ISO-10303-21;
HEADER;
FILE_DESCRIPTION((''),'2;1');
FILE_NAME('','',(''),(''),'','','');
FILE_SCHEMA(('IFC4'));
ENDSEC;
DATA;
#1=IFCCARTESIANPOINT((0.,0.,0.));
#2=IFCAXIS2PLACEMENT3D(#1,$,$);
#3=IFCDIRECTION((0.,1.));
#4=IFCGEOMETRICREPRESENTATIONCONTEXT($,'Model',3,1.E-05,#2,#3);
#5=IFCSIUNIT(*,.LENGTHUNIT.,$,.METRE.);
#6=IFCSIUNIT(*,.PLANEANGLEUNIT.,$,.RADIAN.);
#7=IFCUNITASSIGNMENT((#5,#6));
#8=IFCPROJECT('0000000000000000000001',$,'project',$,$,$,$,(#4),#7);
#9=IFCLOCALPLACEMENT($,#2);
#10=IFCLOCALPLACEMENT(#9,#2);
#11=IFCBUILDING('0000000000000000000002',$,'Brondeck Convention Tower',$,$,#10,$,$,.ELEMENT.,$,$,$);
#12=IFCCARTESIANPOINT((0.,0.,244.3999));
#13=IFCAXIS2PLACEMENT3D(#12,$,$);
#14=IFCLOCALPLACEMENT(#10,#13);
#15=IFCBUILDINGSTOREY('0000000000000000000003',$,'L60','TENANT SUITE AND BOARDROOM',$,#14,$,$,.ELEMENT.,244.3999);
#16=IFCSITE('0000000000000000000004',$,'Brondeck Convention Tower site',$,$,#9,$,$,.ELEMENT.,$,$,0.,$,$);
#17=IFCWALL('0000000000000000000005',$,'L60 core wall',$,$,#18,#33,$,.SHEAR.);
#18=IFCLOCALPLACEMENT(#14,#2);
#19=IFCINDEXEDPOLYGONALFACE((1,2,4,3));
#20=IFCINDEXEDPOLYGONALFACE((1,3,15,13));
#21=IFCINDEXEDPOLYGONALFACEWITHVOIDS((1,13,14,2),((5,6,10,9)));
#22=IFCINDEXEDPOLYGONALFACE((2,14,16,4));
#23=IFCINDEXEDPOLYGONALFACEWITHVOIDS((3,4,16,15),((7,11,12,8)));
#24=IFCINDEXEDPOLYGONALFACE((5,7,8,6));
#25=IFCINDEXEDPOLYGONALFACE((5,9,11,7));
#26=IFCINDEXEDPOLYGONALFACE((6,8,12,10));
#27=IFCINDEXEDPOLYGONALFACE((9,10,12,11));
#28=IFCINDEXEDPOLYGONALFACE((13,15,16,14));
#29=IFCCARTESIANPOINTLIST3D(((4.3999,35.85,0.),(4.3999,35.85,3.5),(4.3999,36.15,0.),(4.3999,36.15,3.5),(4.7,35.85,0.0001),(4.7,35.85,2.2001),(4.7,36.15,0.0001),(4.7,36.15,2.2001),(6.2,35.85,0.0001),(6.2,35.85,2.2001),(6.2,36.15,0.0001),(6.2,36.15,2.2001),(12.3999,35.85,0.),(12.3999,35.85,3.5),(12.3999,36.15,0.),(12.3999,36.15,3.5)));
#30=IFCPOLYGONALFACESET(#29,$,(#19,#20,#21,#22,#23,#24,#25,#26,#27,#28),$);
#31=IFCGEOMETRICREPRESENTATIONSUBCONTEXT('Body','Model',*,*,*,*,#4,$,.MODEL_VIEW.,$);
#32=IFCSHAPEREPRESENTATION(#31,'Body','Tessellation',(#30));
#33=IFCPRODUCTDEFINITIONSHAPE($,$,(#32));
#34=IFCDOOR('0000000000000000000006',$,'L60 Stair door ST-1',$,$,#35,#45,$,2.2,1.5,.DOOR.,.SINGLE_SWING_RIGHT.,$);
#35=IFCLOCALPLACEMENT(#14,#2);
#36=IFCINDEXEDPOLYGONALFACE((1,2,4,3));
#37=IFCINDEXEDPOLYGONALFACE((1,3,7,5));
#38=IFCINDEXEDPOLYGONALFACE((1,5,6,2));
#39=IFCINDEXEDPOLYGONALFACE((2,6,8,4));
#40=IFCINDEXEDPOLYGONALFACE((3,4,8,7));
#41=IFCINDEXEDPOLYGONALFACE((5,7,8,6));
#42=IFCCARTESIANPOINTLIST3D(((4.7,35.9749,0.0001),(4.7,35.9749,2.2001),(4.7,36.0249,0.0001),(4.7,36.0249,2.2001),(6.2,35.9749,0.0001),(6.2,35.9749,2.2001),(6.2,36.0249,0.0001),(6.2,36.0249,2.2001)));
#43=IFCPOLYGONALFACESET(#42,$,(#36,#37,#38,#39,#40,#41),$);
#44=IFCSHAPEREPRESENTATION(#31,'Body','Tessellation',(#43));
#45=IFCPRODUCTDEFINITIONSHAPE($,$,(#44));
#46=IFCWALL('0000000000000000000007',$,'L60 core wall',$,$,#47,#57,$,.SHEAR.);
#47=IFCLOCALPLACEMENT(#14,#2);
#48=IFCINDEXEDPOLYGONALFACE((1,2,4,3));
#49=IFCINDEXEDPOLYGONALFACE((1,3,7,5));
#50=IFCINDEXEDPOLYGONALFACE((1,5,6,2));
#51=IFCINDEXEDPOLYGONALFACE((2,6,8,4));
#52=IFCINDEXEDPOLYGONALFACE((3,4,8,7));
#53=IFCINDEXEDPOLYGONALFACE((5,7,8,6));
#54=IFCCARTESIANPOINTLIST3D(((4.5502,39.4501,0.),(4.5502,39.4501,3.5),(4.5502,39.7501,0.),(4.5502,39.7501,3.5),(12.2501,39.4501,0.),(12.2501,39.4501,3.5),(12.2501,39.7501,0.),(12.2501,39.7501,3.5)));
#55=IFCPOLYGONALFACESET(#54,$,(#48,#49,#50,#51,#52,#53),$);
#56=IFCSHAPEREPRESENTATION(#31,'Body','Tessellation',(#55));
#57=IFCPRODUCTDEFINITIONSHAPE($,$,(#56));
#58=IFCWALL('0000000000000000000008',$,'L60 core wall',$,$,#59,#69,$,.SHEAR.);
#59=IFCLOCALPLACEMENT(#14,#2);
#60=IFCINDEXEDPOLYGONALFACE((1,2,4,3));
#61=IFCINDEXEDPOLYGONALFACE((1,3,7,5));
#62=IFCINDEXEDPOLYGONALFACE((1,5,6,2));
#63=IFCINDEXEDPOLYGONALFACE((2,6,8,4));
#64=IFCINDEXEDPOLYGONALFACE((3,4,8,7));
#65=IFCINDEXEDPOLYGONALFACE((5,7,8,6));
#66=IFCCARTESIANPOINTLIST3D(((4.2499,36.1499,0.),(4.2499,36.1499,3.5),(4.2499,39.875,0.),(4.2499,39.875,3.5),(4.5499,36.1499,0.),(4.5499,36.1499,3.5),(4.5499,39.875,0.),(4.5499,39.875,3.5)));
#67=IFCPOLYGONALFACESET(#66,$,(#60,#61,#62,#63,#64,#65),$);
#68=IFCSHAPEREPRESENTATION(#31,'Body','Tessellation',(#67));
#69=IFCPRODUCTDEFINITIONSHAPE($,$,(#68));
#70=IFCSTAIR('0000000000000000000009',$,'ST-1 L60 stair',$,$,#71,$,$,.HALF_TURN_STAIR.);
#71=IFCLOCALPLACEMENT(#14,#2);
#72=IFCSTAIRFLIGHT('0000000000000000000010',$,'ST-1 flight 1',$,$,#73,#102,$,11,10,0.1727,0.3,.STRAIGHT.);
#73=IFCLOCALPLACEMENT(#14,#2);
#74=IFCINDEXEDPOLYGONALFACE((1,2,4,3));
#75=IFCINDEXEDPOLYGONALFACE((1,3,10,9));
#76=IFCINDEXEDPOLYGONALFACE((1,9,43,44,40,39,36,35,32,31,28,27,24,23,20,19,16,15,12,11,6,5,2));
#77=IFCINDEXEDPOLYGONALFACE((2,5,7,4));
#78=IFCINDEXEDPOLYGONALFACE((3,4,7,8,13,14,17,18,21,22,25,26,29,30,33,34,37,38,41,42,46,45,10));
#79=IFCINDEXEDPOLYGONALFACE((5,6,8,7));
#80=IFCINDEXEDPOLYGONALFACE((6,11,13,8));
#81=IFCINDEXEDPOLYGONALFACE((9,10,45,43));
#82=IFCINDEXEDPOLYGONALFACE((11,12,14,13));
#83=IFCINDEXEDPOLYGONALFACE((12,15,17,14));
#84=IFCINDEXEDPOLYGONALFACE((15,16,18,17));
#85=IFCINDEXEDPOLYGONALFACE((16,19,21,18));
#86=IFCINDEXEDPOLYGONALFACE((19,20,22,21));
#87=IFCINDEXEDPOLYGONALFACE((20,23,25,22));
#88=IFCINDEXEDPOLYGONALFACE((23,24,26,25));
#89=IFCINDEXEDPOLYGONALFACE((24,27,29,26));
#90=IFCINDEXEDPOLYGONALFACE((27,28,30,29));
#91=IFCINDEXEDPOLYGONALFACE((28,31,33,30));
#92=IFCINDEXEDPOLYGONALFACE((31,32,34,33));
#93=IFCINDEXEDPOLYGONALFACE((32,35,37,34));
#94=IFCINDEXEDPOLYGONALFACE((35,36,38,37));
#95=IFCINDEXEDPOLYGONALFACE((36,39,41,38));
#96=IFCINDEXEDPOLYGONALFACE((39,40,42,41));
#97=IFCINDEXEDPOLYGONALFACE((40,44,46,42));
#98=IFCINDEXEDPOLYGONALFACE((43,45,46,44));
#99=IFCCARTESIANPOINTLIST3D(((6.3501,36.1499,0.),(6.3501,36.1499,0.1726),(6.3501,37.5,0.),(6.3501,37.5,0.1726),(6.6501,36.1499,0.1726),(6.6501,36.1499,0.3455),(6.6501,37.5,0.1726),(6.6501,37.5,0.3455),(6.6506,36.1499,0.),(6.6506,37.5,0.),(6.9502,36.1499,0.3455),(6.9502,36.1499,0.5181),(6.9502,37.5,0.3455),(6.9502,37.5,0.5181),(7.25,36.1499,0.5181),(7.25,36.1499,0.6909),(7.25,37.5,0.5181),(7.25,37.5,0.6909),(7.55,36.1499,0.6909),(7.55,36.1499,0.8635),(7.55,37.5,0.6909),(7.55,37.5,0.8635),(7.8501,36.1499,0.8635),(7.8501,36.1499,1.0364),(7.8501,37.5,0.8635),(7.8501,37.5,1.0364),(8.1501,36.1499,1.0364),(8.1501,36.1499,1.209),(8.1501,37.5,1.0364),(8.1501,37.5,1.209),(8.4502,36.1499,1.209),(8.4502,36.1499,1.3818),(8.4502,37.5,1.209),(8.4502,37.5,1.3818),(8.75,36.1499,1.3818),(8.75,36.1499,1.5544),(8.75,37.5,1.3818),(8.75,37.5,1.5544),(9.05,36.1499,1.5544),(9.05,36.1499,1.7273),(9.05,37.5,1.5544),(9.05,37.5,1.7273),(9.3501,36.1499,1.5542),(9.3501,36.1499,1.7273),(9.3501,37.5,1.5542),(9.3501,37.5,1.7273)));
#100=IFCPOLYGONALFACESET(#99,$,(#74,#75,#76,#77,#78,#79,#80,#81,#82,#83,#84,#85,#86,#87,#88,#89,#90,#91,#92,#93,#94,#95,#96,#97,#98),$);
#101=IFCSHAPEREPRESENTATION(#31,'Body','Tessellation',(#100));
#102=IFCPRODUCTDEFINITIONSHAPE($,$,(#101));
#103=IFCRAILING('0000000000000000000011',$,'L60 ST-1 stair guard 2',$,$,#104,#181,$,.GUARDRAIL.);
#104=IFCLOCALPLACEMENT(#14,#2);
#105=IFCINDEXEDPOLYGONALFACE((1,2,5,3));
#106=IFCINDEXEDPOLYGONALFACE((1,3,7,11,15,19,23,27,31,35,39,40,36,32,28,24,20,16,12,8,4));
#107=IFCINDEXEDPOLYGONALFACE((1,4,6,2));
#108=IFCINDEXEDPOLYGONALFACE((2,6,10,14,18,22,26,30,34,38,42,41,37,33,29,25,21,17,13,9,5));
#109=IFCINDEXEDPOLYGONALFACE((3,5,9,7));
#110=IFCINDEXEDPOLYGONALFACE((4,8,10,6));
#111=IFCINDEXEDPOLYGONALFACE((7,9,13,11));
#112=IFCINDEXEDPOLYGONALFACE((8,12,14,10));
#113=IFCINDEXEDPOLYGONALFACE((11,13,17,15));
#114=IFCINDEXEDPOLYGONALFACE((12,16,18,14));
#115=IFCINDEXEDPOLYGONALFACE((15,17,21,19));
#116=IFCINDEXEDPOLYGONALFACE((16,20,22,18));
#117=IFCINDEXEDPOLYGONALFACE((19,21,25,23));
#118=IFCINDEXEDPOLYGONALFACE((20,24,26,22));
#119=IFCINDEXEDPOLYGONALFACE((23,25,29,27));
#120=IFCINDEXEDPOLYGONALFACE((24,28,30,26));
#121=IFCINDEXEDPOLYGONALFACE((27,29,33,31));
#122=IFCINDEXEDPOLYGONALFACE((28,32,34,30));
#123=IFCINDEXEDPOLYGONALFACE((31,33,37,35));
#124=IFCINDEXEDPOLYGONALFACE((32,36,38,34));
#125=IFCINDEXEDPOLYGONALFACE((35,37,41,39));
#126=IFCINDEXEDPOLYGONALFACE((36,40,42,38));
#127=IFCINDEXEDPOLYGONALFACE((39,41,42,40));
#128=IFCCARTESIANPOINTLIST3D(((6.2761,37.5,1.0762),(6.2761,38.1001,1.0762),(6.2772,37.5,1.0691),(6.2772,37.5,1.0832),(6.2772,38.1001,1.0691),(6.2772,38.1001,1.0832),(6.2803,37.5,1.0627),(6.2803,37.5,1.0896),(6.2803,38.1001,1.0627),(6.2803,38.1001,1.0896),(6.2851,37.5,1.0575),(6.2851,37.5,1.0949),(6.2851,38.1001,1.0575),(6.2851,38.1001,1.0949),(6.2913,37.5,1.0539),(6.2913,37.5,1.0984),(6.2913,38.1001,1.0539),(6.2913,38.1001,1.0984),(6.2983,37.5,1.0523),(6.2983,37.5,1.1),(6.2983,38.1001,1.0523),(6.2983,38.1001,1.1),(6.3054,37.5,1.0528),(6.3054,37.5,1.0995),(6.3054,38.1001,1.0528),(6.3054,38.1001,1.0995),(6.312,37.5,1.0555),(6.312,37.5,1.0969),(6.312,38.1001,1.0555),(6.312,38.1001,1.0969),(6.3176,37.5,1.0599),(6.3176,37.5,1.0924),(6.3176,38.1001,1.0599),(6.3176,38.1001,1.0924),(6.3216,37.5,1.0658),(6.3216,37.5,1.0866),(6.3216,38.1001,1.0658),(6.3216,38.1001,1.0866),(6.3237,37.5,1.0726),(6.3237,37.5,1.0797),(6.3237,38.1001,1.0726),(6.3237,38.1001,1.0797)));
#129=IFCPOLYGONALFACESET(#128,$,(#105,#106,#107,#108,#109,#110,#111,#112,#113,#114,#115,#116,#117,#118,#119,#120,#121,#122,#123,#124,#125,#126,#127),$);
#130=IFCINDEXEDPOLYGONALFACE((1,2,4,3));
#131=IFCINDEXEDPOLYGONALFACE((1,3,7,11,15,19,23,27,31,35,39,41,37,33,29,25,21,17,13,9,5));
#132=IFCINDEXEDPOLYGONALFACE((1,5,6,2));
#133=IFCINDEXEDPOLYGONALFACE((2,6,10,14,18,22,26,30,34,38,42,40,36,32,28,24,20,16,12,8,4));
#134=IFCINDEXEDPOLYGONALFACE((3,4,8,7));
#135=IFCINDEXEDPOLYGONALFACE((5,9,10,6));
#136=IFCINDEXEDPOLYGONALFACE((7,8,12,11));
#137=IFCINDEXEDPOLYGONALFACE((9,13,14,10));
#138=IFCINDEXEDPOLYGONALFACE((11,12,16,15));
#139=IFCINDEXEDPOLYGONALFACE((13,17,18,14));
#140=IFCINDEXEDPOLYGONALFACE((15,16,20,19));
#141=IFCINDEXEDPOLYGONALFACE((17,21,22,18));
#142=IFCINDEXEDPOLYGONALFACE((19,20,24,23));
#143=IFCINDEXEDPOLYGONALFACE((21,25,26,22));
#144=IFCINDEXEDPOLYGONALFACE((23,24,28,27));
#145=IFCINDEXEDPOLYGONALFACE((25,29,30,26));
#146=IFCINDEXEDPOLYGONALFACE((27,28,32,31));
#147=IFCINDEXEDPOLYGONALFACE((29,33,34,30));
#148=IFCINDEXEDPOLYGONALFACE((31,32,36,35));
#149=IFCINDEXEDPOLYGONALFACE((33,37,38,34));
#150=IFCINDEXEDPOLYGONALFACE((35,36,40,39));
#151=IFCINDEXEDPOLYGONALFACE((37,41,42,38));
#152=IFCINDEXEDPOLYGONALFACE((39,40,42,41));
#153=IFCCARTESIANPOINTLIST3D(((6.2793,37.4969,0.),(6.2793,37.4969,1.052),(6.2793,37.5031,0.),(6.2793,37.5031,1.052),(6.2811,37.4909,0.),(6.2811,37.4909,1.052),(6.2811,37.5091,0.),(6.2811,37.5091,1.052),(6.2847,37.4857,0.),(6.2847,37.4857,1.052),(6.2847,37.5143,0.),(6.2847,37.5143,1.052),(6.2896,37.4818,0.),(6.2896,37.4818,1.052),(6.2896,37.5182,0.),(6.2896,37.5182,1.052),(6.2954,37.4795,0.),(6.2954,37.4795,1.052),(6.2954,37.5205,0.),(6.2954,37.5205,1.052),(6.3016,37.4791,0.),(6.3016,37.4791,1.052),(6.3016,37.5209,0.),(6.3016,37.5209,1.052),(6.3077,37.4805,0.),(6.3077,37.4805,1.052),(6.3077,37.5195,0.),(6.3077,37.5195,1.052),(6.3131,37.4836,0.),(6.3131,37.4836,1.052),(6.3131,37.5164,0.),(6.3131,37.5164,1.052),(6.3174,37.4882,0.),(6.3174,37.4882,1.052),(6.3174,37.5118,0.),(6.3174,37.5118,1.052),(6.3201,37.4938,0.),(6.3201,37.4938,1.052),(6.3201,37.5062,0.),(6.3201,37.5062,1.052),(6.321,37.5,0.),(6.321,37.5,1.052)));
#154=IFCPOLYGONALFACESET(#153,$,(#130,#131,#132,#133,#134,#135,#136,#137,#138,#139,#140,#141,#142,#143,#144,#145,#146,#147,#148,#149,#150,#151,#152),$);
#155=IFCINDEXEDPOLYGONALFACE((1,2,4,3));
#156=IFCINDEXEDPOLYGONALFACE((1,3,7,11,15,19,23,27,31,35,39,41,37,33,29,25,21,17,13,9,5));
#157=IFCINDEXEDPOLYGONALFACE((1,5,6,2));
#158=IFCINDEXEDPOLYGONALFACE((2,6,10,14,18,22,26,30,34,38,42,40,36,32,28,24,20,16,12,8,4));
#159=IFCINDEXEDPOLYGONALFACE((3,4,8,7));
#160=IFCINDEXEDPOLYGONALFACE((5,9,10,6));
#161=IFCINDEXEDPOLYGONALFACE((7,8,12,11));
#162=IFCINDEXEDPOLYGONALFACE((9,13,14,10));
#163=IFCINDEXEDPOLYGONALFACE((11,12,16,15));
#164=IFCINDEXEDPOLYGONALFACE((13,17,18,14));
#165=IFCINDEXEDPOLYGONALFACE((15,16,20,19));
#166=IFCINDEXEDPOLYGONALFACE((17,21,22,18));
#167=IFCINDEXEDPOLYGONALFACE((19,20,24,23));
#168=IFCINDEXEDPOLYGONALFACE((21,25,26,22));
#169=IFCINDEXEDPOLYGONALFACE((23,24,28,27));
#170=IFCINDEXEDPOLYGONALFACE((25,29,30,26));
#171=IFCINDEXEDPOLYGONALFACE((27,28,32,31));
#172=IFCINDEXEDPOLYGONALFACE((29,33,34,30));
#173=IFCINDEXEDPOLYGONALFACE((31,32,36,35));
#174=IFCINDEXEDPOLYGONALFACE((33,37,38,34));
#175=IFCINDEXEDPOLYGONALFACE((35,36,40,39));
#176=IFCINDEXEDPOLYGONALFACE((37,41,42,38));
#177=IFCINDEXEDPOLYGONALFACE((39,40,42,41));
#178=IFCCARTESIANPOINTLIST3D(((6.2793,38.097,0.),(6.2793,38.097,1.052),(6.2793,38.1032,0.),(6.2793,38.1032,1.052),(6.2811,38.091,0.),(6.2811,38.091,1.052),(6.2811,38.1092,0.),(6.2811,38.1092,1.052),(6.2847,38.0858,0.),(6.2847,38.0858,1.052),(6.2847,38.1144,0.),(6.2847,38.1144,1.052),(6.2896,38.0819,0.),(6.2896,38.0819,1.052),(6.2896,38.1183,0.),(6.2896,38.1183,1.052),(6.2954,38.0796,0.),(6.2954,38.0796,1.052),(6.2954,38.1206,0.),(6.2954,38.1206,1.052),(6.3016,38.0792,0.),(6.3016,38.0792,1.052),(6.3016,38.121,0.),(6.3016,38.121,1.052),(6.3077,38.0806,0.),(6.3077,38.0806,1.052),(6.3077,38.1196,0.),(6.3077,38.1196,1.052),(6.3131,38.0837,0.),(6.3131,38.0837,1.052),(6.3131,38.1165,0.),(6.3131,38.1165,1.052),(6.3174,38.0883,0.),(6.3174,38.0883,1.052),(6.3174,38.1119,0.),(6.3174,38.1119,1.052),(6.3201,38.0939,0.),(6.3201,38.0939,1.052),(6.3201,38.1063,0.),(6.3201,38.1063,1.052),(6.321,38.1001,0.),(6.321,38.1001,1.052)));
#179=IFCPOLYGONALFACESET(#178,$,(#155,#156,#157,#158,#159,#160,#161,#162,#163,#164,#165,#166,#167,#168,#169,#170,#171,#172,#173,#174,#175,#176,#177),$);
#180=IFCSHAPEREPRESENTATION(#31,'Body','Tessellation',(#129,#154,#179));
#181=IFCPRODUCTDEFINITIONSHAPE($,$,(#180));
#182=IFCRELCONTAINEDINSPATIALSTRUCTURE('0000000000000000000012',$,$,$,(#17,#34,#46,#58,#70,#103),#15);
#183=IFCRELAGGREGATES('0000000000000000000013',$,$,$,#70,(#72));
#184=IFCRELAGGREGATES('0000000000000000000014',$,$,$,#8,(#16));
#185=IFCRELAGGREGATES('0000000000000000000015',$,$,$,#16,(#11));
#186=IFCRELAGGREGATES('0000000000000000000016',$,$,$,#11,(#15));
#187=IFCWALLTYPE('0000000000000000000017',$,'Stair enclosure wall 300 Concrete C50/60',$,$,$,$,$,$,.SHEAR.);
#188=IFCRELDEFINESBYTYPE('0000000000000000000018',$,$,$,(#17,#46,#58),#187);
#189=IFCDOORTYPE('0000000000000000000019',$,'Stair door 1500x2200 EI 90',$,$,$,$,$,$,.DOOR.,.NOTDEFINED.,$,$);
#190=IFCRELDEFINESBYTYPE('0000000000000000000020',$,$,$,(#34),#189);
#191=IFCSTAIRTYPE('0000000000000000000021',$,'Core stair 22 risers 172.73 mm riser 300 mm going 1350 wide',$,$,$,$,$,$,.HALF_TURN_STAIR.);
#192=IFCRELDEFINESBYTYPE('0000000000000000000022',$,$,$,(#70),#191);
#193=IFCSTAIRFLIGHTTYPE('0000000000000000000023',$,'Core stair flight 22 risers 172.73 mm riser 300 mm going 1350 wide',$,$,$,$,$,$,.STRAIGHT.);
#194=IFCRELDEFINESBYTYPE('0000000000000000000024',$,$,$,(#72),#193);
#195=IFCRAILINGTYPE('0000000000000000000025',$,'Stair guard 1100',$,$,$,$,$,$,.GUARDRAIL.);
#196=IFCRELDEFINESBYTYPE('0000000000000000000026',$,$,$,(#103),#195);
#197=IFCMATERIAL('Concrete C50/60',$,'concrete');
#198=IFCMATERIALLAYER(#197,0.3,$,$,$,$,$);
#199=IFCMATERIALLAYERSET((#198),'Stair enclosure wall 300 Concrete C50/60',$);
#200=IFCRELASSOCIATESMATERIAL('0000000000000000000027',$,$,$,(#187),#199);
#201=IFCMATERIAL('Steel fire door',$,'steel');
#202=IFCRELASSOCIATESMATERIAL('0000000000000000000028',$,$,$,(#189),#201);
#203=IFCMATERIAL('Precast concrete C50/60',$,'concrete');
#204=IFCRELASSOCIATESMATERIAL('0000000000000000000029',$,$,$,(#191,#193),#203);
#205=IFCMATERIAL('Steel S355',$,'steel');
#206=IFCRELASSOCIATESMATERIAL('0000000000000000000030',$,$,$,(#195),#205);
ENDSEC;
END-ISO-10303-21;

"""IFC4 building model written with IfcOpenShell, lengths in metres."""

from ifc_helpers import new_model, si_unit, direction, frame, frame_2d, origin, origin_2d, place, context, subcontext, project, spatial, polyline, rectangle, circle, outline, extrude, material, layer, layer_set, type_object, element, fill, aggregate, save


model = new_model("IFC4")

# Units and contexts
model_context = context("Model", 3, precision=1e-05, world=origin(), true_north=direction((0.0, 1.0)))
body_context = subcontext(model_context, "Body", "Model", "MODEL_VIEW")
ifc_project = project(units=[si_unit("LENGTHUNIT", "METRE"), si_unit("PLANEANGLEUNIT", "RADIAN")], contexts=[model_context])

# Site, building, storey
site_placement = place(None, origin())
site = spatial("IfcSite", under=ifc_project, at=site_placement, Name="Brondeck Convention Tower site", CompositionType="ELEMENT", RefElevation=0.0)
building_placement = place(site_placement, origin())
building = spatial("IfcBuilding", under=site, at=building_placement, Name="Brondeck Convention Tower", CompositionType="ELEMENT")
storey_placement = place(building_placement, frame((0.0, 0.0, 244.3999)))
storey = spatial("IfcBuildingStorey", under=building, at=storey_placement, Name="L60", Description="TENANT SUITE AND BOARDROOM", CompositionType="ELEMENT", Elevation=244.3999)

# Shared definitions
ifc_material_1 = material(Name="Concrete C50/60", Category="concrete")

# Shared definitions
ifc_material_2 = material(Name="Steel fire door", Category="steel")

# Wall, opening, door
ifc_layer_1 = layer(ifc_material_1, 0.3)
ifc_layer_set_1 = layer_set([ifc_layer_1], Name="Stair enclosure wall 300 Concrete C50/60")
wall_type_1 = type_object("IfcWallType", Name="Stair enclosure wall 300 Concrete C50/60", PredefinedType="SHEAR", material=ifc_layer_set_1)
wall_1_placement = place(storey_placement, frame((4.3999, 36.0, 0.0), z_axis=(0.0, 0.0, 1.0), x_axis=(1.0, 0.0, 0.0)))
wall_1 = element("IfcWall", 1, at=wall_1_placement, inside=storey, type_object=wall_type_1, Name="L60 core wall", PredefinedType="SHEAR", context=body_context, shape_type="SweptSolid", body=[
    extrude(rectangle(XDim=8.0, YDim=0.3, at=frame_2d((4.0, 0.0))), origin(), (0.0, 0.0, 1.0), 3.5),
])
opening_1_placement = place(wall_1_placement, frame((0.3, 0.0, 0.0)))
opening_1 = element("IfcOpeningElement", 2, at=opening_1_placement, cuts=wall_1, PredefinedType="OPENING", context=body_context, shape_type="SweptSolid", body=[
    extrude(rectangle(XDim=1.5, YDim=2.2, at=frame_2d((0.75, 1.1001))), frame((0.0, 0.1599, 0.0), z_axis=(0.0, -1.0, 0.0), x_axis=(1.0, 0.0, 0.0)), (0.0, 0.0, 1.0), 0.3201),
])
door_type_1 = type_object("IfcDoorType", Name="Stair door 1500x2200 EI 90", OperationType="NOTDEFINED", PredefinedType="DOOR", material=ifc_material_2)
door_1_placement = place(opening_1_placement, origin())
door_1 = element("IfcDoor", 3, at=door_1_placement, inside=storey, type_object=door_type_1, Name="L60 Stair door ST-1", OperationType="SINGLE_SWING_RIGHT", OverallHeight=2.2, OverallWidth=1.5, PredefinedType="DOOR", context=body_context, shape_type="SweptSolid", body=[
    extrude(rectangle(XDim=1.5, YDim=2.2, at=frame_2d((0.75, 1.1001))), frame((0.0, 0.0249, 0.0), z_axis=(0.0, -1.0, 0.0), x_axis=(1.0, 0.0, 0.0)), (0.0, 0.0, 1.0), 0.05),
])
fill(opening_1, door_1)

# Walls
wall_2_placement = place(storey_placement, frame((4.55, 39.6001, 0.0), z_axis=(0.0, 0.0, 1.0), x_axis=(1.0, 0.0, 0.0)))
element("IfcWall", 4, at=wall_2_placement, inside=storey, type_object=wall_type_1, Name="L60 core wall", PredefinedType="SHEAR", context=body_context, shape_type="SweptSolid", body=[
    extrude(rectangle(XDim=7.7, YDim=0.3, at=frame_2d((3.8501, 0.0))), origin(), (0.0, 0.0, 1.0), 3.5),
])
wall_3_placement = place(storey_placement, frame((4.3999, 36.1499, 0.0), z_axis=(0.0, 0.0, 1.0), x_axis=(0.0, 1.0, 0.0)))
element("IfcWall", 5, at=wall_3_placement, inside=storey, type_object=wall_type_1, Name="L60 core wall", PredefinedType="SHEAR", context=body_context, shape_type="SweptSolid", body=[
    extrude(rectangle(XDim=3.7251, YDim=0.3, at=frame_2d((1.8625, 0.0))), origin(), (0.0, 0.0, 1.0), 3.5),
])

# Stair, stair flight
ifc_material_3 = material(Name="Precast concrete C50/60", Category="concrete")
stair_type = type_object("IfcStairType", Name="Core stair 22 risers 172.73 mm riser 300 mm going 1350 wide", PredefinedType="HALF_TURN_STAIR", material=ifc_material_3)
stair_placement = place(storey_placement, origin())
stair = element("IfcStair", 6, at=stair_placement, inside=storey, type_object=stair_type, Name="ST-1 L60 stair", PredefinedType="HALF_TURN_STAIR")
stair_flight_type = type_object("IfcStairFlightType", Name="Core stair flight 22 risers 172.73 mm riser 300 mm going 1350 wide", PredefinedType="STRAIGHT", material=ifc_material_3)
stair_flight_placement = place(storey_placement, frame((6.3501, 36.825, 0.0), z_axis=(0.0, 0.0, 1.0), x_axis=(1.0, 0.0, 0.0)))
stair_flight = element("IfcStairFlight", 7, at=stair_flight_placement, type_object=stair_flight_type, Name="ST-1 flight 1", NumberOfRisers=11, NumberOfTreads=10, PredefinedType="STRAIGHT", RiserHeight=0.1727, TreadLength=0.3, context=body_context, shape_type="SweptSolid", body=[
    extrude(outline(polyline([(0.0, 0.0), (0.0, 0.1726), (0.3, 0.1726), (0.3, 0.3455), (0.6001, 0.3455), (0.6001, 0.5181), (0.8999, 0.5181), (0.8999, 0.6909), (1.2, 0.6909), (1.2, 0.8635), (1.5, 0.8635), (1.5, 1.0364), (1.8, 1.0364), (1.8, 1.209), (2.1001, 1.209), (2.1001, 1.3818), (2.3999, 1.3818), (2.3999, 1.5544), (2.7, 1.5544), (2.7, 1.7273), (3.0, 1.7273), (3.0, 1.8999), (3.0, 1.5542), (0.3005, 0.0), (0.0, 0.0)])), frame((0.0, 0.675, 0.0), z_axis=(0.0, -1.0, 0.0), x_axis=(1.0, 0.0, 0.0)), (0.0, 0.0, 1.0), 1.3501),
])
aggregate(stair, [stair_flight])

# Railing
ifc_material_4 = material(Name="Steel S355", Category="steel")
railing_type_1 = type_object("IfcRailingType", Name="Stair guard 1100", PredefinedType="GUARDRAIL", material=ifc_material_4)
railing_1_placement = place(storey_placement, frame((6.3, 37.5, 0.0)))
element("IfcRailing", 8, at=railing_1_placement, inside=storey, type_object=railing_type_1, Name="L60 ST-1 stair guard 2", PredefinedType="GUARDRAIL", context=body_context, shape_type="SweptSolid", body=[
    extrude(circle(Radius=0.0239, at=origin_2d()), frame((0.0, 0.0, 1.0762), z_axis=(0.0, 1.0, 0.0), x_axis=(-1.0, 0.0, 0.0)), (0.0, 0.0, 1.0), 0.6001),
    extrude(circle(Radius=0.021, at=origin_2d()), origin(), (0.0, 0.0, 1.0), 1.052),
    extrude(circle(Radius=0.021, at=origin_2d()), frame((0.0, 0.6001, 0.0)), (0.0, 0.0, 1.0), 1.052),
])

save(model, "model.ifc")
